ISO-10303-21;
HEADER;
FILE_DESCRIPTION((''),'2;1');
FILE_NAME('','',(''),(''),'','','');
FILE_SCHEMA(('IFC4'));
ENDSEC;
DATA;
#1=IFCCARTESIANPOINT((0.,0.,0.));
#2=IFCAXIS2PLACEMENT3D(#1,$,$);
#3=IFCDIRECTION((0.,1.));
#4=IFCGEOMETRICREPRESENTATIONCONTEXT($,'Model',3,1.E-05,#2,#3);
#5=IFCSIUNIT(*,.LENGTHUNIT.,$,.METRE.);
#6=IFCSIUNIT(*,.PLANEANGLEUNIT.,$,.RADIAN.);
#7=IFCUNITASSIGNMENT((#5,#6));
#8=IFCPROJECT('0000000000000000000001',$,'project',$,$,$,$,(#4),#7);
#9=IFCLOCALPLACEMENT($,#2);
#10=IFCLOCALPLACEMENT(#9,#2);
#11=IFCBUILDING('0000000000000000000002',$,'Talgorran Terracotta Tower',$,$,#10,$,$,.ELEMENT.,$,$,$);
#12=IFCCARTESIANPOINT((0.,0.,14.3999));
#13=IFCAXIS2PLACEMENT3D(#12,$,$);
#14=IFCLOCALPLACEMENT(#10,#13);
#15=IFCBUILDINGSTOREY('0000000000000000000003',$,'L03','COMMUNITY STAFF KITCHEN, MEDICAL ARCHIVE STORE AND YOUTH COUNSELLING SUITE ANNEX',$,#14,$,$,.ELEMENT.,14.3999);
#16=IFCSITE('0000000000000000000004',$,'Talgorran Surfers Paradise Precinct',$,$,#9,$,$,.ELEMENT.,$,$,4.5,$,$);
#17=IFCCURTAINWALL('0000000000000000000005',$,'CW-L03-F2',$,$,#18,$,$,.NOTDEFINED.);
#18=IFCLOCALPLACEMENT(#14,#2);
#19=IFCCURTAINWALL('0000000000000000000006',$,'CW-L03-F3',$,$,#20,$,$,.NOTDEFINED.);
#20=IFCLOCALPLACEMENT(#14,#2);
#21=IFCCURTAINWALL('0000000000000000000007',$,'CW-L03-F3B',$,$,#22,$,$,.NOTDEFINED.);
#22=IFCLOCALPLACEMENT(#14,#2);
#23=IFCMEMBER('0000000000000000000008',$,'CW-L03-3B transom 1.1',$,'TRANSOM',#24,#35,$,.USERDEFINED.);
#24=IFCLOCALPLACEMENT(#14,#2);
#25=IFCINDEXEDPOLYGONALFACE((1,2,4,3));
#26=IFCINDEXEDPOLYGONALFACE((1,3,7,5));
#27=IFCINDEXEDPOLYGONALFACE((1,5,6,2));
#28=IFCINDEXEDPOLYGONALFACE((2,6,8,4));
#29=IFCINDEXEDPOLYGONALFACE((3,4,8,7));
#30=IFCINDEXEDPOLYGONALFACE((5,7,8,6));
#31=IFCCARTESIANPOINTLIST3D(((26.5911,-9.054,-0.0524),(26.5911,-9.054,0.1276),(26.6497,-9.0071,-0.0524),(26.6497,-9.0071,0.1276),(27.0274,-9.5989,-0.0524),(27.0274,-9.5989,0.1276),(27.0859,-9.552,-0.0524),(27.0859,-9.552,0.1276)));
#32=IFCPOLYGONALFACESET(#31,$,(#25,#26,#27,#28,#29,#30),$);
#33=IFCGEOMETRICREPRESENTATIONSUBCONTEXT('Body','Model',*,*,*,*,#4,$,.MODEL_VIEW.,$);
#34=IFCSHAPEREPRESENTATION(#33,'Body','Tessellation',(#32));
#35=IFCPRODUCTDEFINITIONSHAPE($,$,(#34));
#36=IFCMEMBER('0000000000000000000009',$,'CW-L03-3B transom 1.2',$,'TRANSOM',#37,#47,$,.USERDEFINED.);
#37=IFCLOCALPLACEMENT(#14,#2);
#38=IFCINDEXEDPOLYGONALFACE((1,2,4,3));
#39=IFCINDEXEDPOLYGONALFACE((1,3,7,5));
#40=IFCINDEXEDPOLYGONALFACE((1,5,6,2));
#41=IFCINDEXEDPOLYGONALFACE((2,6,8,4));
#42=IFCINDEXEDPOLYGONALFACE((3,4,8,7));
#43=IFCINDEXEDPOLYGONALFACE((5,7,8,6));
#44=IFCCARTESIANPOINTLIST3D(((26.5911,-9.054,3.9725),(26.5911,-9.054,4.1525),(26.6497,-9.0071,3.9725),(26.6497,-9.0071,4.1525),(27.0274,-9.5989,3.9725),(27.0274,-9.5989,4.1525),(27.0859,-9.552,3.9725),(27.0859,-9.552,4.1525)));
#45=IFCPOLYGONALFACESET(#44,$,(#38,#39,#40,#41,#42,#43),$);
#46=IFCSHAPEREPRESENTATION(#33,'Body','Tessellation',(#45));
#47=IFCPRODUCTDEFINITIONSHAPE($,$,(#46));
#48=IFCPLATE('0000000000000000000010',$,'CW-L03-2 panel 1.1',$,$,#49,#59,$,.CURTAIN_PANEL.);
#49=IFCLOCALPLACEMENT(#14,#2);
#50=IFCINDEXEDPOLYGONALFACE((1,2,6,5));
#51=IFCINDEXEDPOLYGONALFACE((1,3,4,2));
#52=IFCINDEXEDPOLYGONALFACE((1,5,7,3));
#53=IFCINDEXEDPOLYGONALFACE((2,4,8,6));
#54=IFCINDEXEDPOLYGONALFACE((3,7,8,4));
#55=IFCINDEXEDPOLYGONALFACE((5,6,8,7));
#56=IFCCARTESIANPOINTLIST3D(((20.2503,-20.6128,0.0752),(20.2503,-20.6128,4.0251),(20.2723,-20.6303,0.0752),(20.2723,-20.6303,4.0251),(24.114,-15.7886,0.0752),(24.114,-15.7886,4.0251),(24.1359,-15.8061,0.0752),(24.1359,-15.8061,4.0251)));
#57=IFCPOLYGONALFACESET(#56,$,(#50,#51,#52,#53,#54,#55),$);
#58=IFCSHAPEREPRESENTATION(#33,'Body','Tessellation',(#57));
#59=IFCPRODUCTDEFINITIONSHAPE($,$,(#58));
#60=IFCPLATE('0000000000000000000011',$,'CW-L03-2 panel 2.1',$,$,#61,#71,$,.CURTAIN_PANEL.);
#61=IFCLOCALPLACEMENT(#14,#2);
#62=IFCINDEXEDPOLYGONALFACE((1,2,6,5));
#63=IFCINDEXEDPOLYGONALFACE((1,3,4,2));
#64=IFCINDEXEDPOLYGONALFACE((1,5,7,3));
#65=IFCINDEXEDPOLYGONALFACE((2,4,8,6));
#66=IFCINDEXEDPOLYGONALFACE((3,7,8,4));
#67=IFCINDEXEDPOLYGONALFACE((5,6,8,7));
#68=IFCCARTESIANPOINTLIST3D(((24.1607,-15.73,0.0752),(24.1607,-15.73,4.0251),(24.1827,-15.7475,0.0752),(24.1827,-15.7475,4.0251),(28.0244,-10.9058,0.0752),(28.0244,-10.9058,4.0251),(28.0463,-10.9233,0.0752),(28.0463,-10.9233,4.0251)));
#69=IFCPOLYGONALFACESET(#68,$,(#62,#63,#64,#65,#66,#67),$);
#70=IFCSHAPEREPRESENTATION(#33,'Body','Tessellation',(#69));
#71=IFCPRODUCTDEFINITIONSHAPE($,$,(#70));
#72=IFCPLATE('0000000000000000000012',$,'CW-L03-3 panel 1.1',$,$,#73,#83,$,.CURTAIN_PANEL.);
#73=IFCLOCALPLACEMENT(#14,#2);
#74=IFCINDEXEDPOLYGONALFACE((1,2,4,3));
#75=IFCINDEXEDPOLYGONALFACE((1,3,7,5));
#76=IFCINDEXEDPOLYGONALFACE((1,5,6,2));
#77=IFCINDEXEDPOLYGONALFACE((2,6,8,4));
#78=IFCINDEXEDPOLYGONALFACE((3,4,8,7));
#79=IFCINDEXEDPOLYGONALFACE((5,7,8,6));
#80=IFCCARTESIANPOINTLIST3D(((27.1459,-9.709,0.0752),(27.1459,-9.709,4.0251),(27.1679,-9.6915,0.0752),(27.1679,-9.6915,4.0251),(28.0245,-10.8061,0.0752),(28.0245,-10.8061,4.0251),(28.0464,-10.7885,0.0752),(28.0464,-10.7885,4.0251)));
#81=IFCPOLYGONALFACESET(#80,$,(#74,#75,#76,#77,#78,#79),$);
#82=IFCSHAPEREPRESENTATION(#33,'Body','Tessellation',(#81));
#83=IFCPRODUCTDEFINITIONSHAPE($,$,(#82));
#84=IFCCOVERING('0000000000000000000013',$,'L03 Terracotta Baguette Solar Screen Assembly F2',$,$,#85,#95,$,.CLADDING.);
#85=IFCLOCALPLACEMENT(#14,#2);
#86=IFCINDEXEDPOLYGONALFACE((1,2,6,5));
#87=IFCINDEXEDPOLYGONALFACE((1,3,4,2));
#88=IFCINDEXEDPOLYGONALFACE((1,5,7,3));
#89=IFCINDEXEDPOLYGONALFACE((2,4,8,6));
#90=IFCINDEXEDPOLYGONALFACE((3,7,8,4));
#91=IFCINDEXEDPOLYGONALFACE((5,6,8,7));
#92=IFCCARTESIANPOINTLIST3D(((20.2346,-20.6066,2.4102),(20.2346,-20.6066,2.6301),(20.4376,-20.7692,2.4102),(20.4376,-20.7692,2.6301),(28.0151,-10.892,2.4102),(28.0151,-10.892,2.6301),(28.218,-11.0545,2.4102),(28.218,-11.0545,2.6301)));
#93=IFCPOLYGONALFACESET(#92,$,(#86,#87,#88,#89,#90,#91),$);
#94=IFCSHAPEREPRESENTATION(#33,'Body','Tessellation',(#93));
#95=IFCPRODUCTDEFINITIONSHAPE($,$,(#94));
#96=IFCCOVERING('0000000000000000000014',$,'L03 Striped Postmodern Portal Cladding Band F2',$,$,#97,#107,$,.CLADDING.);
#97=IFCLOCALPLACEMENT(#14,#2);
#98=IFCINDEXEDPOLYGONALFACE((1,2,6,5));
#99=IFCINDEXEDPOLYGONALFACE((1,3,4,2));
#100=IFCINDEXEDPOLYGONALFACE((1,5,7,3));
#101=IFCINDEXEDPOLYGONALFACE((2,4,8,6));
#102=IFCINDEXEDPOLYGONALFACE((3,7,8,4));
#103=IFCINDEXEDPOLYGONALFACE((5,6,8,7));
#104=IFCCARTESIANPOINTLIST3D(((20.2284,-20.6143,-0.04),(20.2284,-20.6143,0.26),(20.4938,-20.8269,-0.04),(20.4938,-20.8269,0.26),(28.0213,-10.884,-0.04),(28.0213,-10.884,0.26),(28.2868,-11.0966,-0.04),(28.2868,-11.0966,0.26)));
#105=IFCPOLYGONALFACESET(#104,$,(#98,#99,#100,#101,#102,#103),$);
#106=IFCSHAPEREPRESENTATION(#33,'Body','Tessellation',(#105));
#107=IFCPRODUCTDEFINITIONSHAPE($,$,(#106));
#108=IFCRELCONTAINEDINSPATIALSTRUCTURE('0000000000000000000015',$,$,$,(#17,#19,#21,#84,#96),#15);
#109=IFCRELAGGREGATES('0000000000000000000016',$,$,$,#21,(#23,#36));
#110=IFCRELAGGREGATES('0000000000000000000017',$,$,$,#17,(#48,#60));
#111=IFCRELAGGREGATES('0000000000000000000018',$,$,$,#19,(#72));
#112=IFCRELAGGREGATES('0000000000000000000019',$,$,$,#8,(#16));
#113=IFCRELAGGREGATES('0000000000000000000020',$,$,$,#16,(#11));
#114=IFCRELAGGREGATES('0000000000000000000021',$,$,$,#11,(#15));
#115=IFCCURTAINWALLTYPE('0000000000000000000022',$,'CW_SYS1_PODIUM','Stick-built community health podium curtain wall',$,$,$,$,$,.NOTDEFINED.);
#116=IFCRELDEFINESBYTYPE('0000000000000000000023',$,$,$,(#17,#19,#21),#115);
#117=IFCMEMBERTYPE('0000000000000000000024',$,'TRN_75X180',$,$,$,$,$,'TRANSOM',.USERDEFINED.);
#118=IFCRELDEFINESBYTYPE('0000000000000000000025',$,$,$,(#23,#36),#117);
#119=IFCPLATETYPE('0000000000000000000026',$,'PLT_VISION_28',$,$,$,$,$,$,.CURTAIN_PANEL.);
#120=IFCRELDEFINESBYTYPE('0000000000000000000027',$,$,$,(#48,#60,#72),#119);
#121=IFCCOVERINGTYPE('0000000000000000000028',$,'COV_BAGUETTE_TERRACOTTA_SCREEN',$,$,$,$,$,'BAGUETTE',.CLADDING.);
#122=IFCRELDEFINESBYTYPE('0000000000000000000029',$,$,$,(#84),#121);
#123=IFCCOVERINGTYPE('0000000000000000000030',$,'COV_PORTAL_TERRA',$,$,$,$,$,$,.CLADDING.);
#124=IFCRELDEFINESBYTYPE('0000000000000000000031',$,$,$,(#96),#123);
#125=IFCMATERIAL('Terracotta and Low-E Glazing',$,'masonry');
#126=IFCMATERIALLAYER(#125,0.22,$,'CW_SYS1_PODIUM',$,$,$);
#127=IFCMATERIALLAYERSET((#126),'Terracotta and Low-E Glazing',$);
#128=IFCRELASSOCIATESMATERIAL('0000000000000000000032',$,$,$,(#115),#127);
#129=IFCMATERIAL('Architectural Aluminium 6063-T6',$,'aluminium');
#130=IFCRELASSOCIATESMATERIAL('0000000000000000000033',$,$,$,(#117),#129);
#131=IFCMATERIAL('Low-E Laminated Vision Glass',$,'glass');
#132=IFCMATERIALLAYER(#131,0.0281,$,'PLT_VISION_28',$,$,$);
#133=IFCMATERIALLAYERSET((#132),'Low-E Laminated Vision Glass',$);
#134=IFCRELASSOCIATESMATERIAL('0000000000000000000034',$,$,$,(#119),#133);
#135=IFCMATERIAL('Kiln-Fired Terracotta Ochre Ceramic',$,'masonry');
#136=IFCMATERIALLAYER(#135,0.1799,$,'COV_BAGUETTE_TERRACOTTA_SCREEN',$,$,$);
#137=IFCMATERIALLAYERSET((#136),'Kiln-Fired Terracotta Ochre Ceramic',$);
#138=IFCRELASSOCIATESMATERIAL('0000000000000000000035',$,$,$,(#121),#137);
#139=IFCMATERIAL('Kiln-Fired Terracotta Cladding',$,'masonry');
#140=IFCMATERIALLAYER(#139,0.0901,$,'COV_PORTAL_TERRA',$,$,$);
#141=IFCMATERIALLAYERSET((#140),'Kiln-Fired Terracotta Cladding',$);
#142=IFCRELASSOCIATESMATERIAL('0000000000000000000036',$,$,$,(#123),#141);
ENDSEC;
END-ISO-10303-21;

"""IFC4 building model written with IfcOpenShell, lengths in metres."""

from ifc_helpers import new_model, si_unit, direction, frame, origin, origin_2d, place, context, subcontext, project, spatial, rectangle, extrude, source, transform, mapped, material, layer, layer_set, material_profile, profile_set, type_object, type_shapes, element, aggregate, save


model = new_model("IFC4")

# Units and contexts
model_context = context("Model", 3, precision=1e-05, world=origin(), true_north=direction((0.0, 1.0)))
body_context = subcontext(model_context, "Body", "Model", "MODEL_VIEW")
ifc_project = project(units=[si_unit("LENGTHUNIT", "METRE"), si_unit("PLANEANGLEUNIT", "RADIAN")], contexts=[model_context])

# Site, building, storey
site_placement = place(None, origin())
site = spatial("IfcSite", under=ifc_project, at=site_placement, Name="Talgorran Surfers Paradise Precinct", CompositionType="ELEMENT", RefElevation=4.5)
building_placement = place(site_placement, origin())
building = spatial("IfcBuilding", under=site, at=building_placement, Name="Talgorran Terracotta Tower", CompositionType="ELEMENT")
storey_placement = place(building_placement, frame((0.0, 0.0, 14.3999)))
storey = spatial("IfcBuildingStorey", under=building, at=storey_placement, Name="L03", Description="COMMUNITY STAFF KITCHEN, MEDICAL ARCHIVE STORE AND YOUTH COUNSELLING SUITE ANNEX", CompositionType="ELEMENT", Elevation=14.3999)

# Curtain walls
ifc_material_1 = material(Name="Terracotta and Low-E Glazing", Category="masonry")
ifc_layer_1 = layer(ifc_material_1, 0.22, Name="CW_SYS1_PODIUM")
ifc_layer_set_1 = layer_set([ifc_layer_1], Name="Terracotta and Low-E Glazing")
curtain_wall_type = type_object("IfcCurtainWallType", Name="CW_SYS1_PODIUM", Description="Stick-built community health podium curtain wall", PredefinedType="NOTDEFINED", material=ifc_layer_set_1)
curtain_wall_1_placement = place(storey_placement, origin())
curtain_wall_1 = element("IfcCurtainWall", 1, at=curtain_wall_1_placement, inside=storey, type_object=curtain_wall_type, Name="CW-L03-F2", PredefinedType="NOTDEFINED")
ifc_material_2 = material(Name="Architectural Aluminium 6063-T6", Category="aluminium")
curtain_wall_2_placement = place(storey_placement, origin())
curtain_wall_2 = element("IfcCurtainWall", 2, at=curtain_wall_2_placement, inside=storey, type_object=curtain_wall_type, Name="CW-L03-F3", PredefinedType="NOTDEFINED")

# Curtain wall
curtain_wall_3_placement = place(storey_placement, origin())
curtain_wall_3 = element("IfcCurtainWall", 3, at=curtain_wall_3_placement, inside=storey, type_object=curtain_wall_type, Name="CW-L03-F3B", PredefinedType="NOTDEFINED")

# Members
ifc_material_profile_1 = material_profile(ifc_material_2, rectangle(XDim=0.075, YDim=0.1799, at=origin_2d()), Name="CWT75X180")
ifc_profile_set_1 = profile_set([ifc_material_profile_1], Name="Architectural Aluminium 6063-T6")
member_type_1 = type_object("IfcMemberType", Name="TRN_75X180", ElementType="TRANSOM", PredefinedType="USERDEFINED", material=ifc_profile_set_1)
member_1_placement = place(storey_placement, frame((27.0566, -9.5754, 0.0376), z_axis=(-0.624994, 0.78063, 0.0), x_axis=(-0.78063, -0.624994, 0.0)))
member_1 = element("IfcMember", 4, at=member_1_placement, type_object=member_type_1, Name="CW-L03-3B transom 1.1", ObjectType="TRANSOM", PredefinedType="USERDEFINED", context=body_context, shape_type="SweptSolid", body=[
    extrude(rectangle(XDim=0.075, YDim=0.1799, at=origin_2d()), origin(), (0.0, 0.0, 1.0), 0.698),
])
member_2_placement = place(storey_placement, frame((27.0566, -9.5754, 4.0625), z_axis=(-0.624994, 0.78063, 0.0), x_axis=(-0.78063, -0.624994, 0.0)))
member_2 = element("IfcMember", 5, at=member_2_placement, type_object=member_type_1, Name="CW-L03-3B transom 1.2", ObjectType="TRANSOM", PredefinedType="USERDEFINED", context=body_context, shape_type="SweptSolid", body=[
    extrude(rectangle(XDim=0.075, YDim=0.1799, at=origin_2d()), origin(), (0.0, 0.0, 1.0), 0.698),
])
aggregate(curtain_wall_3, [member_1, member_2])

# Plates
ifc_material_3 = material(Name="Low-E Laminated Vision Glass", Category="glass")
ifc_layer_2 = layer(ifc_material_3, 0.0281, Name="PLT_VISION_28")
ifc_layer_set_2 = layer_set([ifc_layer_2], Name="Low-E Laminated Vision Glass")
plate_type = type_object("IfcPlateType", Name="PLT_VISION_28", PredefinedType="CURTAIN_PANEL", material=ifc_layer_set_2)
shared_shape_1 = source(origin(), body_context, "Body", "SweptSolid", [
    extrude(rectangle(XDim=6.1807, YDim=0.0281, at=origin_2d()), origin(), (0.0, 0.0, 1.0), 3.95),
])
plate_1_placement = place(storey_placement, frame((22.1931, -18.2095, 0.0752), z_axis=(0.0, 0.0, 1.0), x_axis=(0.625116, 0.780532, 0.0)))
plate_1 = element("IfcPlate", 6, at=plate_1_placement, type_object=plate_type, Name="CW-L03-2 panel 1.1", PredefinedType="CURTAIN_PANEL", context=body_context, shape_type="MappedRepresentation", body=[
    mapped(shared_shape_1, transform((0.0, 0.0, 0.0), scale=1.0)),
])
plate_2_placement = place(storey_placement, frame((26.1035, -13.3267, 0.0752), z_axis=(0.0, 0.0, 1.0), x_axis=(0.625116, 0.780532, 0.0)))
plate_2 = element("IfcPlate", 7, at=plate_2_placement, type_object=plate_type, Name="CW-L03-2 panel 2.1", PredefinedType="CURTAIN_PANEL", context=body_context, shape_type="MappedRepresentation", body=[
    mapped(shared_shape_1, transform((0.0, 0.0, 0.0), scale=1.0)),
])
aggregate(curtain_wall_1, [plate_1, plate_2])
shared_shape_2 = source(origin(), body_context, "Body", "SweptSolid", [
    extrude(rectangle(XDim=1.4055, YDim=0.0281, at=origin_2d()), origin(), (0.0, 0.0, 1.0), 3.95),
])
type_shapes(plate_type, [shared_shape_1, shared_shape_2])
plate_3_placement = place(storey_placement, frame((27.5962, -10.2488, 0.0752), z_axis=(0.0, 0.0, 1.0), x_axis=(-0.625103, 0.780543, 0.0)))
plate_3 = element("IfcPlate", 8, at=plate_3_placement, type_object=plate_type, Name="CW-L03-3 panel 1.1", PredefinedType="CURTAIN_PANEL", context=body_context, shape_type="MappedRepresentation", body=[
    mapped(shared_shape_2, transform((0.0, 0.0, 0.0), scale=1.0)),
])
aggregate(curtain_wall_2, [plate_3])

# Coverings
ifc_material_4 = material(Name="Kiln-Fired Terracotta Ochre Ceramic", Category="masonry")
ifc_layer_3 = layer(ifc_material_4, 0.1799, Name="COV_BAGUETTE_TERRACOTTA_SCREEN")
ifc_layer_set_3 = layer_set([ifc_layer_3], Name="Kiln-Fired Terracotta Ochre Ceramic")
covering_type_1 = type_object("IfcCoveringType", Name="COV_BAGUETTE_TERRACOTTA_SCREEN", ElementType="BAGUETTE", PredefinedType="CLADDING", material=ifc_layer_set_3)
covering_1_placement = place(storey_placement, frame((24.2263, -15.8306, 2.4102), z_axis=(0.0, 0.0, 1.0), x_axis=(0.62512, 0.780529, 0.0)))
element("IfcCovering", 9, at=covering_1_placement, inside=storey, type_object=covering_type_1, Name="L03 Terracotta Baguette Solar Screen Assembly F2", PredefinedType="CLADDING", context=body_context, shape_type="SweptSolid", body=[
    extrude(rectangle(XDim=12.4463, YDim=0.26, at=origin_2d()), origin(), (0.0, 0.0, 1.0), 0.22),
])
ifc_material_5 = material(Name="Kiln-Fired Terracotta Cladding", Category="masonry")
ifc_layer_4 = layer(ifc_material_5, 0.0901, Name="COV_PORTAL_TERRA")
ifc_layer_set_4 = layer_set([ifc_layer_4], Name="Kiln-Fired Terracotta Cladding")
covering_type_2 = type_object("IfcCoveringType", Name="COV_PORTAL_TERRA", PredefinedType="CLADDING", material=ifc_layer_set_4)
covering_2_placement = place(storey_placement, frame((24.2576, -15.8555, -0.04), z_axis=(0.0, 0.0, 1.0), x_axis=(0.62512, 0.780529, 0.0)))
element("IfcCovering", 10, at=covering_2_placement, inside=storey, type_object=covering_type_2, Name="L03 Striped Postmodern Portal Cladding Band F2", PredefinedType="CLADDING", context=body_context, shape_type="SweptSolid", body=[
    extrude(rectangle(XDim=12.4663, YDim=0.3401, at=origin_2d()), origin(), (0.0, 0.0, 1.0), 0.3),
])

save(model, "model.ifc")
